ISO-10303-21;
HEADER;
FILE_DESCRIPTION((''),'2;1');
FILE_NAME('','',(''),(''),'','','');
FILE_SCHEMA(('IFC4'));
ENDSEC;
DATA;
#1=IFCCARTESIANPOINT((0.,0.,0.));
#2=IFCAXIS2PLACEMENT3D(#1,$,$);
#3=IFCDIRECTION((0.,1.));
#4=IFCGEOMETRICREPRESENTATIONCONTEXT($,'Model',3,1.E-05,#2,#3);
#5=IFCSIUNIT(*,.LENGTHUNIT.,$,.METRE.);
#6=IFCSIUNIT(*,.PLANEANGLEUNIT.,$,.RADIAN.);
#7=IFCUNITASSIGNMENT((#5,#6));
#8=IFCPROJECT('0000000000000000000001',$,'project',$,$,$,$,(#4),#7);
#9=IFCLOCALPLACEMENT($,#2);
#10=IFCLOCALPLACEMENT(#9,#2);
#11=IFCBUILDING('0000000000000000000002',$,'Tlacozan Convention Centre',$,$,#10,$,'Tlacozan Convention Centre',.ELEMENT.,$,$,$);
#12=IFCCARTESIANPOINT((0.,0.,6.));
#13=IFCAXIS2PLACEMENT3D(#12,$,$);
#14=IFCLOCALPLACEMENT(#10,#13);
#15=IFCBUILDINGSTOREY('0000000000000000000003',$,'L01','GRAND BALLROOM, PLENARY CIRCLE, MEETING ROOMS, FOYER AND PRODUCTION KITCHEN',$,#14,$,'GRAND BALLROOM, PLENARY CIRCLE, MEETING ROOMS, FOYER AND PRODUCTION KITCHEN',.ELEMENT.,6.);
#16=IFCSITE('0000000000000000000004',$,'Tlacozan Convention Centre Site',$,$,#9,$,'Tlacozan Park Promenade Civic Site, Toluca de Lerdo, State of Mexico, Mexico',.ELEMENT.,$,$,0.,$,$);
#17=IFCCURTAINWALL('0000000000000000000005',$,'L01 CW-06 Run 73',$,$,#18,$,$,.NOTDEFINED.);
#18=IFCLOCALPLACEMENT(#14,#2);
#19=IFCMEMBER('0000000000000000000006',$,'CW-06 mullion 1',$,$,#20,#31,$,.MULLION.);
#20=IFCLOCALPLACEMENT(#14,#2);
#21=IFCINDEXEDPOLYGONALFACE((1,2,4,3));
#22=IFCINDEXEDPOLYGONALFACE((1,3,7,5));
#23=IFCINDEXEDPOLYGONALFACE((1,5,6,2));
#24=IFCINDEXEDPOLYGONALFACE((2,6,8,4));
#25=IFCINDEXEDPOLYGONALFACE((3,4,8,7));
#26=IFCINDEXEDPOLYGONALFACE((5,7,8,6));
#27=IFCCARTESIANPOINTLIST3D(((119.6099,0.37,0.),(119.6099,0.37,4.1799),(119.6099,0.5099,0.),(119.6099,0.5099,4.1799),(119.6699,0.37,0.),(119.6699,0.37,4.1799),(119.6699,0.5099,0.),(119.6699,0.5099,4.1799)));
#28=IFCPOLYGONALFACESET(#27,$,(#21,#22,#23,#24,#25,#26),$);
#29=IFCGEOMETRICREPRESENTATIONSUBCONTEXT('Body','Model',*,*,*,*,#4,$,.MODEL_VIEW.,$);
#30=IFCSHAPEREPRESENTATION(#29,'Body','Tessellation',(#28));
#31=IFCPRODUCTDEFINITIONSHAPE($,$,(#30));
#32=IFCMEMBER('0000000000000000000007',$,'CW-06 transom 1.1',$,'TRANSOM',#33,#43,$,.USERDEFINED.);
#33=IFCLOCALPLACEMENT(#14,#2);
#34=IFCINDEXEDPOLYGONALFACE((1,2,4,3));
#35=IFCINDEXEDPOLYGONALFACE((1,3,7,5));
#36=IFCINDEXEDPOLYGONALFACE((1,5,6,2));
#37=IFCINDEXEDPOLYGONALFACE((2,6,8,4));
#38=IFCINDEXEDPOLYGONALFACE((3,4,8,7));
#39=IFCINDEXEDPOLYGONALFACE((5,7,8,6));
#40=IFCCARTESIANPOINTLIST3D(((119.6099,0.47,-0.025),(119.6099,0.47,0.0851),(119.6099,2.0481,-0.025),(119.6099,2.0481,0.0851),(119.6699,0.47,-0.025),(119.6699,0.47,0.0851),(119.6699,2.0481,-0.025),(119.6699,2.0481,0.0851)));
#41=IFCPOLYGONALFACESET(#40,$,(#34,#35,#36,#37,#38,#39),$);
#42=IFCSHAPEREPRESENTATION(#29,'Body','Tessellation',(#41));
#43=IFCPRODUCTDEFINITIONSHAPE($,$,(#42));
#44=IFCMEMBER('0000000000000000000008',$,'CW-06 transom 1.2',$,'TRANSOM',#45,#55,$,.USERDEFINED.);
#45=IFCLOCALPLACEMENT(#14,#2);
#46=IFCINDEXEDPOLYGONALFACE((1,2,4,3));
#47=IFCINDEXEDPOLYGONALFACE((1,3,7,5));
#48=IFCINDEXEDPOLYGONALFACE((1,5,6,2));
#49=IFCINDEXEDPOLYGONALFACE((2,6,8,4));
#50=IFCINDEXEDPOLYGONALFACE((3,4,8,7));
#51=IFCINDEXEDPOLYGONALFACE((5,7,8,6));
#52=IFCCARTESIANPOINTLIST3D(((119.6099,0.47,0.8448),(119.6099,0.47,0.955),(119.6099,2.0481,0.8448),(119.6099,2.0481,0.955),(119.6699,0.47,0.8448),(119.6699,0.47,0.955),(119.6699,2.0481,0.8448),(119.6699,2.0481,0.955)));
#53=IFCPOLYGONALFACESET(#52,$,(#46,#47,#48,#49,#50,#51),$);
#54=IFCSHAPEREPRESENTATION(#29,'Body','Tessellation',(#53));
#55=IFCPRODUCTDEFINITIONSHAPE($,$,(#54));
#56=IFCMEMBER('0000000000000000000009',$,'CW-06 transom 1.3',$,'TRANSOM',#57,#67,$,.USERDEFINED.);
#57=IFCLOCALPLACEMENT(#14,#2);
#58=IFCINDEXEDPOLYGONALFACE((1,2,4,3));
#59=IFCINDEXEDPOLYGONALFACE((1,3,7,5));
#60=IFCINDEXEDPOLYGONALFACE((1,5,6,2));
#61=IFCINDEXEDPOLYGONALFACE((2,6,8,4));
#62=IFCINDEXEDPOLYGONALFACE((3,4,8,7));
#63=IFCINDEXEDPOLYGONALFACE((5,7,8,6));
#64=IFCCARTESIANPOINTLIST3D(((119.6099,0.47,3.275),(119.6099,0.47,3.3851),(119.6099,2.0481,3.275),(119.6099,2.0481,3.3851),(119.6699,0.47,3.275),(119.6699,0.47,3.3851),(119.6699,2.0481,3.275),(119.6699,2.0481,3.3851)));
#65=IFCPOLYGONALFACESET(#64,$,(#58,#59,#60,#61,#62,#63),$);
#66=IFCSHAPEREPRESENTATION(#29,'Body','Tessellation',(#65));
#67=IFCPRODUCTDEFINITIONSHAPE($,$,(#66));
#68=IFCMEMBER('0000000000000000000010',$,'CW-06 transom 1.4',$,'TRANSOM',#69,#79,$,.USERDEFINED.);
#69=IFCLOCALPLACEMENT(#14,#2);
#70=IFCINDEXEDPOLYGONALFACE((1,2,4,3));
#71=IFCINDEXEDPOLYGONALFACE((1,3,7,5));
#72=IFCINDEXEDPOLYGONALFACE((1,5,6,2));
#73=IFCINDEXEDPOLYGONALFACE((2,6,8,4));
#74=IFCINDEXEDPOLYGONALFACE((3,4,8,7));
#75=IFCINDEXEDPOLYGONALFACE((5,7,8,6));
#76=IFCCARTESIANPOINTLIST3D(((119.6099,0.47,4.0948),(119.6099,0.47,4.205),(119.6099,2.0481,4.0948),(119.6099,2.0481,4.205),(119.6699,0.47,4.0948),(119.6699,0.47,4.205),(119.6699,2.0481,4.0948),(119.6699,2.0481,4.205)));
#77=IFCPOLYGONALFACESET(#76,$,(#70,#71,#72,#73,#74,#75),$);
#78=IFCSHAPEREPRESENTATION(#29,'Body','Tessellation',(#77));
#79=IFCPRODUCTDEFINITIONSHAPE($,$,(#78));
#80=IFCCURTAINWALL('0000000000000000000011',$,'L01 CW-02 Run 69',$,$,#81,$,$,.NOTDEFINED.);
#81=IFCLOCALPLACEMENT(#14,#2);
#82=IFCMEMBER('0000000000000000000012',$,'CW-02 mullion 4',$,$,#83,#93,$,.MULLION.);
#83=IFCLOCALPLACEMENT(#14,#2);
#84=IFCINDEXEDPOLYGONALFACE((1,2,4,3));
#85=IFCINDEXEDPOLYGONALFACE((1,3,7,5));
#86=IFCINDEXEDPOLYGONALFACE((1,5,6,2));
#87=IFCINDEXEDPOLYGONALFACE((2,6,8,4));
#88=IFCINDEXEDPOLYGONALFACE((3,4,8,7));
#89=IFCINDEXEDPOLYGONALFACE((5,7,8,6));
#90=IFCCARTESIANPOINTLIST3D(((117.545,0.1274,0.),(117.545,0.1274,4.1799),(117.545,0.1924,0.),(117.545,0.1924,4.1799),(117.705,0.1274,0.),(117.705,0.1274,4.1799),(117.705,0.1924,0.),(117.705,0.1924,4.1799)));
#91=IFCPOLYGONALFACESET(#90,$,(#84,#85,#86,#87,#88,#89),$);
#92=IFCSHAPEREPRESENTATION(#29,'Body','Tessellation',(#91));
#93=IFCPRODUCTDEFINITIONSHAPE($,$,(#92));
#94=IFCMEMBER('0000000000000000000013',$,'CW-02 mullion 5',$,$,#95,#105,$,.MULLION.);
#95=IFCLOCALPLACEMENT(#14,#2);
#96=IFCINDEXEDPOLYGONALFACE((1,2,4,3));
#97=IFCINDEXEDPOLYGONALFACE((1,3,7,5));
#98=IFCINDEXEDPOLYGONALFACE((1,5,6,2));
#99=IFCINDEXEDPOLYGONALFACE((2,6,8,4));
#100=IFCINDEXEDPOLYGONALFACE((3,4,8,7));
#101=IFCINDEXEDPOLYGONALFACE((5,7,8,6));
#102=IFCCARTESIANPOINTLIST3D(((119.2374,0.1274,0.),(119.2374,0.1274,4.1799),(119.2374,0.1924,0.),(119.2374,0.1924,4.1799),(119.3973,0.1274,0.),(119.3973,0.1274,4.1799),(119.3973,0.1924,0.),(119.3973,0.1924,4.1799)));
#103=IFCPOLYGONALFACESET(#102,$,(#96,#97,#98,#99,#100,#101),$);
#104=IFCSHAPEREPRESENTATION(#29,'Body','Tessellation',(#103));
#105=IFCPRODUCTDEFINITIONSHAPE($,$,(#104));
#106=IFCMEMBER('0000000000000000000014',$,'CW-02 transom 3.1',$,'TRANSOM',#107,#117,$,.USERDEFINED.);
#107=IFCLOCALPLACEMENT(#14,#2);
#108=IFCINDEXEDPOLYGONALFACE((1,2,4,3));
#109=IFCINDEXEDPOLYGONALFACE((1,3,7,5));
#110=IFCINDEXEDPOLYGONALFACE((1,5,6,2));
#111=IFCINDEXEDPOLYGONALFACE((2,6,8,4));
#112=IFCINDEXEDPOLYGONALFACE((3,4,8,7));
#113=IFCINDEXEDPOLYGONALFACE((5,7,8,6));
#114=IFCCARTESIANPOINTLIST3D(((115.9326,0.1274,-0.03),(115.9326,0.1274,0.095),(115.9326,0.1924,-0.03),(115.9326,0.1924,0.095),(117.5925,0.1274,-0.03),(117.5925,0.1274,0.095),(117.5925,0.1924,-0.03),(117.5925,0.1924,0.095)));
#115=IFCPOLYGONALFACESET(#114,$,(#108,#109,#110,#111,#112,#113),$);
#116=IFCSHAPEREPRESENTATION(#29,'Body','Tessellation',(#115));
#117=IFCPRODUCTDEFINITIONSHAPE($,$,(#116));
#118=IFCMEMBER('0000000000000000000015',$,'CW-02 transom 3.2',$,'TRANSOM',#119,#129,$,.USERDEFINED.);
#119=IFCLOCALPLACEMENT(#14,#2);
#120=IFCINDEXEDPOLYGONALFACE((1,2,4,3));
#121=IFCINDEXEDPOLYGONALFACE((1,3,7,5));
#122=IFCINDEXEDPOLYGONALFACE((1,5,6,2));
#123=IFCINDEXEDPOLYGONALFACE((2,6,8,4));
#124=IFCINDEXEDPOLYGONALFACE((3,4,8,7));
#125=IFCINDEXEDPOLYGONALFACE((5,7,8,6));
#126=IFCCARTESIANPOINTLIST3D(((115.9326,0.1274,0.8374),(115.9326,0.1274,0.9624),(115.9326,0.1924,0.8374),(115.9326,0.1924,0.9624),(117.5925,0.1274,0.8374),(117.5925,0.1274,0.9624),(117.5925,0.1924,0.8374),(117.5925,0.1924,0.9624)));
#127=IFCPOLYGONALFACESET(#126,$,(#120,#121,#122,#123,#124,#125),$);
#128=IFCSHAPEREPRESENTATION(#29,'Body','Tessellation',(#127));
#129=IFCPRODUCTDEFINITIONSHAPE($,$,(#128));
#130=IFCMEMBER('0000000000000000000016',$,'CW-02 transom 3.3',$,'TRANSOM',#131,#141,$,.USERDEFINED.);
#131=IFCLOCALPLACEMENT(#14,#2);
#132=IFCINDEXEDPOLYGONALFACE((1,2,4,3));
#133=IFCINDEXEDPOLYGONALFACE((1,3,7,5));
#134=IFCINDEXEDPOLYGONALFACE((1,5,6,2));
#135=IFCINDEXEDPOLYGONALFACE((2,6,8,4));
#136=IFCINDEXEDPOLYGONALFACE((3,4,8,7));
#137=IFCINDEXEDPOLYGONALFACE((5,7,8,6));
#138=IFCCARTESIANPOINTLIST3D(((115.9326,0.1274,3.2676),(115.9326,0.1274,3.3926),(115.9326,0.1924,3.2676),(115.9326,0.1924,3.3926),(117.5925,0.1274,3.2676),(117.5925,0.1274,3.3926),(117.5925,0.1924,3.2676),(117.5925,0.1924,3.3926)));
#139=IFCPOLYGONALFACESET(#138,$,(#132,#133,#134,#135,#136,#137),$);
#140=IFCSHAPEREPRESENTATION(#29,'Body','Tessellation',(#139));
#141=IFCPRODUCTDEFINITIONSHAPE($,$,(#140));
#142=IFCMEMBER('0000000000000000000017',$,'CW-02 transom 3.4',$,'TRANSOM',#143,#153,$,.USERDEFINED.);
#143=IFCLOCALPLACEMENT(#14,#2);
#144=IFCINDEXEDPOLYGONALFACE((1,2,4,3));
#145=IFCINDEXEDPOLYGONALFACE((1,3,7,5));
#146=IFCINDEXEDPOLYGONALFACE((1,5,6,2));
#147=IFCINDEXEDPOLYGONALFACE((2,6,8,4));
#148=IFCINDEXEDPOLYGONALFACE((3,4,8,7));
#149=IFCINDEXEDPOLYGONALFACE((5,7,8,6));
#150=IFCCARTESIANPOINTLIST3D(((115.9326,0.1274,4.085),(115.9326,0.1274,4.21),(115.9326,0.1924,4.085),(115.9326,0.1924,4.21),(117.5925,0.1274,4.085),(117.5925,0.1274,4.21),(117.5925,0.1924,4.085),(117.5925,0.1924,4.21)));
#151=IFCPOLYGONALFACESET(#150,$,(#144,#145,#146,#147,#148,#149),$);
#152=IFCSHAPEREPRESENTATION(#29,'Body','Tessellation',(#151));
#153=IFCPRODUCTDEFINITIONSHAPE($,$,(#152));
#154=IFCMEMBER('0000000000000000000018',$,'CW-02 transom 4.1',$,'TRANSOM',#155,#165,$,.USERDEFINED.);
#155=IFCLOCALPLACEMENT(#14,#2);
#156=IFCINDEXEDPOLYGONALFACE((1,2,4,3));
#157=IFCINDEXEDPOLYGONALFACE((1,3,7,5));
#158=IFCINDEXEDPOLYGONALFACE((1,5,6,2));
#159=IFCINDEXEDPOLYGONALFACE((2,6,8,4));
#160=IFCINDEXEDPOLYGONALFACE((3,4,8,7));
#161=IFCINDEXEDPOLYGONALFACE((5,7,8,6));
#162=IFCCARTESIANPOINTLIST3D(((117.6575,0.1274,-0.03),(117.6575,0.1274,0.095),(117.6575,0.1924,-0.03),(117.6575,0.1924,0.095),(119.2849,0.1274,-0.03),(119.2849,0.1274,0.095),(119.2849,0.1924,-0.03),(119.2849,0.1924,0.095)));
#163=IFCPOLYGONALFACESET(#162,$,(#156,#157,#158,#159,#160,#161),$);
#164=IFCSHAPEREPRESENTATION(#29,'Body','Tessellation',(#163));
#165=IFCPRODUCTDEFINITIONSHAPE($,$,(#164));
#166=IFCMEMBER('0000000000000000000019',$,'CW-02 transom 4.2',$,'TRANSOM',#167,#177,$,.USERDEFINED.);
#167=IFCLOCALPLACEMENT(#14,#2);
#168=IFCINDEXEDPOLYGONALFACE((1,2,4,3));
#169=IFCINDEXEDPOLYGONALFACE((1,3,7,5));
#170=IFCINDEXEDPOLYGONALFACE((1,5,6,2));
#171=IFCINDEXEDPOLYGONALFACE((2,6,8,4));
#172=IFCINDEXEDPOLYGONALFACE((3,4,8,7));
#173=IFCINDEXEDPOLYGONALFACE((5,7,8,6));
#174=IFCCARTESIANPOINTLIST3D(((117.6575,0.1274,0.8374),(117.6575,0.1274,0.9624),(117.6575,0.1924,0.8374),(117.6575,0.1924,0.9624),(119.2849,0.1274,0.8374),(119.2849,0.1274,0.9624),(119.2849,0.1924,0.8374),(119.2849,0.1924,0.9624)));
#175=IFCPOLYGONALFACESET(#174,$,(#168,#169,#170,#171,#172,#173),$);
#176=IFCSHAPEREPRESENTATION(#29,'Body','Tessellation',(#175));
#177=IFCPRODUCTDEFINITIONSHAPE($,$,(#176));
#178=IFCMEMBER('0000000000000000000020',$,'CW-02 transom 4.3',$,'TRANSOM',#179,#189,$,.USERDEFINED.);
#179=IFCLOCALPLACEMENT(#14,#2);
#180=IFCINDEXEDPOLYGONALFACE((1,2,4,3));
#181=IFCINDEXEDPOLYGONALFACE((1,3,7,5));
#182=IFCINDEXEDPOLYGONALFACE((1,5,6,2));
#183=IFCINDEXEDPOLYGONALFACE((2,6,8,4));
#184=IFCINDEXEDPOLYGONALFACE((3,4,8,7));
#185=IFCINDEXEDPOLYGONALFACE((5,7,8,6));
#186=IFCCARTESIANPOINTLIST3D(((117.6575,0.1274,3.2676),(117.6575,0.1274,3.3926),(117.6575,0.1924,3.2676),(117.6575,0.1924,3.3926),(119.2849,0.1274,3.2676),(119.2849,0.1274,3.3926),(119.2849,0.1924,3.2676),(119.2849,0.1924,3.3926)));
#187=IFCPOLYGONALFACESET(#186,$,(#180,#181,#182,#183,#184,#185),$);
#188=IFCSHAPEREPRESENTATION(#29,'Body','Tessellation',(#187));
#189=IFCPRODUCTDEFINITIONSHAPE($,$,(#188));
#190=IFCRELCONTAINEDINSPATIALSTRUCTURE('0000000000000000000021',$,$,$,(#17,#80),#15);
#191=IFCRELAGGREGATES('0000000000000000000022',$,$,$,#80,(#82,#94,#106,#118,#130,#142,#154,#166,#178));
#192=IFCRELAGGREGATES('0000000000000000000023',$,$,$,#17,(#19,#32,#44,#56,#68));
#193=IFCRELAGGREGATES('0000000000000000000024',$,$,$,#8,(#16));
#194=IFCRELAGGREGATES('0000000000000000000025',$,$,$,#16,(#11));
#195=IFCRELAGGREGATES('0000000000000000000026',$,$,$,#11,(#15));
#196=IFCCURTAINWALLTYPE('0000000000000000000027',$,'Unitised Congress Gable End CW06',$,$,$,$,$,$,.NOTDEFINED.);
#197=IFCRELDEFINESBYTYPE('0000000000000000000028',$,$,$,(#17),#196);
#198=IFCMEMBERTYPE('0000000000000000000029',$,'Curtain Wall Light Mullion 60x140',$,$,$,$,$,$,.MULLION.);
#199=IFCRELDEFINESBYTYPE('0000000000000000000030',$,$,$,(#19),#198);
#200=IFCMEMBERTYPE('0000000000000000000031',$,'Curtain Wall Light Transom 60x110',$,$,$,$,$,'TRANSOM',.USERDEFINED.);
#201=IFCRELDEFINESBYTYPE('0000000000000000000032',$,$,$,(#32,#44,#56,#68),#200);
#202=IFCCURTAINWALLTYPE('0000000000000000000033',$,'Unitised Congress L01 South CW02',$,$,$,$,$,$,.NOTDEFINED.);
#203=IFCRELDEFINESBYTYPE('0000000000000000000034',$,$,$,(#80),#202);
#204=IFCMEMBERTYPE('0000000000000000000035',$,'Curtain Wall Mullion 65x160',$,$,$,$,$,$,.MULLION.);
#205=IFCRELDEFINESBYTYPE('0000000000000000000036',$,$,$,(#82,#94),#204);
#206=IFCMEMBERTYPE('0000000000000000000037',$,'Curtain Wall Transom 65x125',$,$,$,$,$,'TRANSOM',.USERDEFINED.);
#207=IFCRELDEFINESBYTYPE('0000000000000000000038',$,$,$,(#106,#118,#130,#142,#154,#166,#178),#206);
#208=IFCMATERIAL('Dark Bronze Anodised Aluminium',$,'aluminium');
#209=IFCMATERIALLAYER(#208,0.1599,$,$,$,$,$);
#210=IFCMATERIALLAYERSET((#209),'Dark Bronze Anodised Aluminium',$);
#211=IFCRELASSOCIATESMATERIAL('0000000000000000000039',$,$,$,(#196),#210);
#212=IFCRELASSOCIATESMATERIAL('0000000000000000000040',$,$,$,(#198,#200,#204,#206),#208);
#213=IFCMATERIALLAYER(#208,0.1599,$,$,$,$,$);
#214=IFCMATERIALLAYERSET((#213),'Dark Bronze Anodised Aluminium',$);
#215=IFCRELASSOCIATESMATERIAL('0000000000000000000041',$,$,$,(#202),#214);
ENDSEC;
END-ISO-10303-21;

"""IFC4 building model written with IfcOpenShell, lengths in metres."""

from ifc_helpers import new_model, si_unit, direction, frame, origin, origin_2d, place, context, subcontext, project, spatial, rectangle, extrude, material, layer, layer_set, material_profile, profile_set, type_object, element, aggregate, save


model = new_model("IFC4")

# Units and contexts
model_context = context("Model", 3, precision=1e-05, world=origin(), true_north=direction((0.0, 1.0)))
body_context = subcontext(model_context, "Body", "Model", "MODEL_VIEW")
ifc_project = project(units=[si_unit("LENGTHUNIT", "METRE"), si_unit("PLANEANGLEUNIT", "RADIAN")], contexts=[model_context])

# Site, building, storey
site_placement = place(None, origin())
site = spatial("IfcSite", under=ifc_project, at=site_placement, Name="Tlacozan Convention Centre Site", LongName="Tlacozan Park Promenade Civic Site, Toluca de Lerdo, State of Mexico, Mexico", CompositionType="ELEMENT", RefElevation=0.0)
building_placement = place(site_placement, origin())
building = spatial("IfcBuilding", under=site, at=building_placement, Name="Tlacozan Convention Centre", LongName="Tlacozan Convention Centre", CompositionType="ELEMENT")
storey_placement = place(building_placement, frame((0.0, 0.0, 6.0)))
storey = spatial("IfcBuildingStorey", under=building, at=storey_placement, Name="L01", Description="GRAND BALLROOM, PLENARY CIRCLE, MEETING ROOMS, FOYER AND PRODUCTION KITCHEN", LongName="GRAND BALLROOM, PLENARY CIRCLE, MEETING ROOMS, FOYER AND PRODUCTION KITCHEN", CompositionType="ELEMENT", Elevation=6.0)

# Curtain wall, members
ifc_material_1 = material(Name="Dark Bronze Anodised Aluminium", Category="aluminium")
ifc_layer_1 = layer(ifc_material_1, 0.1599)
ifc_layer_set_1 = layer_set([ifc_layer_1], Name="Dark Bronze Anodised Aluminium")
curtain_wall_type_1 = type_object("IfcCurtainWallType", Name="Unitised Congress Gable End CW06", PredefinedType="NOTDEFINED", material=ifc_layer_set_1)
curtain_wall_1_placement = place(storey_placement, origin())
curtain_wall_1 = element("IfcCurtainWall", 1, at=curtain_wall_1_placement, inside=storey, type_object=curtain_wall_type_1, Name="L01 CW-06 Run 73", PredefinedType="NOTDEFINED")
ifc_material_profile_1 = material_profile(ifc_material_1, rectangle(XDim=0.0601, YDim=0.1399, at=origin_2d()), Name="ALU 60x140")
ifc_profile_set_1 = profile_set([ifc_material_profile_1], Name="Dark Bronze Anodised Aluminium")
member_type_1 = type_object("IfcMemberType", Name="Curtain Wall Light Mullion 60x140", PredefinedType="MULLION", material=ifc_profile_set_1)
member_1_placement = place(storey_placement, frame((119.6399, 0.4399, 0.0), z_axis=(0.0, 0.0, 1.0), x_axis=(-1.0, 0.0, 0.0)))
member_1 = element("IfcMember", 2, at=member_1_placement, type_object=member_type_1, Name="CW-06 mullion 1", PredefinedType="MULLION", context=body_context, shape_type="SweptSolid", body=[
    extrude(rectangle(XDim=0.0601, YDim=0.1399, at=origin_2d()), origin(), (0.0, 0.0, 1.0), 4.1799),
])
ifc_material_profile_2 = material_profile(ifc_material_1, rectangle(XDim=0.0601, YDim=0.1101, at=origin_2d()), Name="ALU 60x110")
ifc_profile_set_2 = profile_set([ifc_material_profile_2], Name="Dark Bronze Anodised Aluminium")
member_type_2 = type_object("IfcMemberType", Name="Curtain Wall Light Transom 60x110", ElementType="TRANSOM", PredefinedType="USERDEFINED", material=ifc_profile_set_2)
member_2_placement = place(storey_placement, frame((119.6399, 0.47, 0.03), z_axis=(0.0, 1.0, 0.0), x_axis=(-1.0, 0.0, 0.0)))
member_2 = element("IfcMember", 3, at=member_2_placement, type_object=member_type_2, Name="CW-06 transom 1.1", ObjectType="TRANSOM", PredefinedType="USERDEFINED", context=body_context, shape_type="SweptSolid", body=[
    extrude(rectangle(XDim=0.0601, YDim=0.1101, at=origin_2d()), origin(), (0.0, 0.0, 1.0), 1.5781),
])
member_3_placement = place(storey_placement, frame((119.6399, 0.47, 0.8999), z_axis=(0.0, 1.0, 0.0), x_axis=(-1.0, 0.0, 0.0)))
member_3 = element("IfcMember", 4, at=member_3_placement, type_object=member_type_2, Name="CW-06 transom 1.2", ObjectType="TRANSOM", PredefinedType="USERDEFINED", context=body_context, shape_type="SweptSolid", body=[
    extrude(rectangle(XDim=0.0601, YDim=0.1101, at=origin_2d()), origin(), (0.0, 0.0, 1.0), 1.5781),
])
member_4_placement = place(storey_placement, frame((119.6399, 0.47, 3.3301), z_axis=(0.0, 1.0, 0.0), x_axis=(-1.0, 0.0, 0.0)))
member_4 = element("IfcMember", 5, at=member_4_placement, type_object=member_type_2, Name="CW-06 transom 1.3", ObjectType="TRANSOM", PredefinedType="USERDEFINED", context=body_context, shape_type="SweptSolid", body=[
    extrude(rectangle(XDim=0.0601, YDim=0.1101, at=origin_2d()), origin(), (0.0, 0.0, 1.0), 1.5781),
])
member_5_placement = place(storey_placement, frame((119.6399, 0.47, 4.1499), z_axis=(0.0, 1.0, 0.0), x_axis=(-1.0, 0.0, 0.0)))
member_5 = element("IfcMember", 6, at=member_5_placement, type_object=member_type_2, Name="CW-06 transom 1.4", ObjectType="TRANSOM", PredefinedType="USERDEFINED", context=body_context, shape_type="SweptSolid", body=[
    extrude(rectangle(XDim=0.0601, YDim=0.1101, at=origin_2d()), origin(), (0.0, 0.0, 1.0), 1.5781),
])

# Curtain wall, members
ifc_layer_2 = layer(ifc_material_1, 0.1599)
ifc_layer_set_2 = layer_set([ifc_layer_2], Name="Dark Bronze Anodised Aluminium")
curtain_wall_type_2 = type_object("IfcCurtainWallType", Name="Unitised Congress L01 South CW02", PredefinedType="NOTDEFINED", material=ifc_layer_set_2)
curtain_wall_2_placement = place(storey_placement, origin())
curtain_wall_2 = element("IfcCurtainWall", 7, at=curtain_wall_2_placement, inside=storey, type_object=curtain_wall_type_2, Name="L01 CW-02 Run 69", PredefinedType="NOTDEFINED")
ifc_material_profile_3 = material_profile(ifc_material_1, rectangle(XDim=0.0649, YDim=0.1599, at=origin_2d()), Name="ALU 65x160")
ifc_profile_set_3 = profile_set([ifc_material_profile_3], Name="Dark Bronze Anodised Aluminium")
member_type_3 = type_object("IfcMemberType", Name="Curtain Wall Mullion 65x160", PredefinedType="MULLION", material=ifc_profile_set_3)
member_6_placement = place(storey_placement, frame((117.625, 0.1599, 0.0), z_axis=(0.0, 0.0, 1.0), x_axis=(0.0, 1.0, 0.0)))
member_6 = element("IfcMember", 8, at=member_6_placement, type_object=member_type_3, Name="CW-02 mullion 4", PredefinedType="MULLION", context=body_context, shape_type="SweptSolid", body=[
    extrude(rectangle(XDim=0.0649, YDim=0.1599, at=origin_2d()), origin(), (0.0, 0.0, 1.0), 4.1799),
])
member_7_placement = place(storey_placement, frame((119.3174, 0.1599, 0.0), z_axis=(0.0, 0.0, 1.0), x_axis=(0.0, 1.0, 0.0)))
member_7 = element("IfcMember", 9, at=member_7_placement, type_object=member_type_3, Name="CW-02 mullion 5", PredefinedType="MULLION", context=body_context, shape_type="SweptSolid", body=[
    extrude(rectangle(XDim=0.0649, YDim=0.1599, at=origin_2d()), origin(), (0.0, 0.0, 1.0), 4.1799),
])
ifc_material_profile_4 = material_profile(ifc_material_1, rectangle(XDim=0.0649, YDim=0.125, at=origin_2d()), Name="ALU 65x125")
ifc_profile_set_4 = profile_set([ifc_material_profile_4], Name="Dark Bronze Anodised Aluminium")
member_type_4 = type_object("IfcMemberType", Name="Curtain Wall Transom 65x125", ElementType="TRANSOM", PredefinedType="USERDEFINED", material=ifc_profile_set_4)
member_8_placement = place(storey_placement, frame((115.9326, 0.1599, 0.0325), z_axis=(1.0, 0.0, 0.0), x_axis=(0.0, 1.0, 0.0)))
member_8 = element("IfcMember", 10, at=member_8_placement, type_object=member_type_4, Name="CW-02 transom 3.1", ObjectType="TRANSOM", PredefinedType="USERDEFINED", context=body_context, shape_type="SweptSolid", body=[
    extrude(rectangle(XDim=0.0649, YDim=0.125, at=origin_2d()), origin(), (0.0, 0.0, 1.0), 1.6599),
])
member_9_placement = place(storey_placement, frame((115.9326, 0.1599, 0.8999), z_axis=(1.0, 0.0, 0.0), x_axis=(0.0, 1.0, 0.0)))
member_9 = element("IfcMember", 11, at=member_9_placement, type_object=member_type_4, Name="CW-02 transom 3.2", ObjectType="TRANSOM", PredefinedType="USERDEFINED", context=body_context, shape_type="SweptSolid", body=[
    extrude(rectangle(XDim=0.0649, YDim=0.125, at=origin_2d()), origin(), (0.0, 0.0, 1.0), 1.6599),
])
member_10_placement = place(storey_placement, frame((115.9326, 0.1599, 3.3301), z_axis=(1.0, 0.0, 0.0), x_axis=(0.0, 1.0, 0.0)))
member_10 = element("IfcMember", 12, at=member_10_placement, type_object=member_type_4, Name="CW-02 transom 3.3", ObjectType="TRANSOM", PredefinedType="USERDEFINED", context=body_context, shape_type="SweptSolid", body=[
    extrude(rectangle(XDim=0.0649, YDim=0.125, at=origin_2d()), origin(), (0.0, 0.0, 1.0), 1.6599),
])
member_11_placement = place(storey_placement, frame((115.9326, 0.1599, 4.1475), z_axis=(1.0, 0.0, 0.0), x_axis=(0.0, 1.0, 0.0)))
member_11 = element("IfcMember", 13, at=member_11_placement, type_object=member_type_4, Name="CW-02 transom 3.4", ObjectType="TRANSOM", PredefinedType="USERDEFINED", context=body_context, shape_type="SweptSolid", body=[
    extrude(rectangle(XDim=0.0649, YDim=0.125, at=origin_2d()), origin(), (0.0, 0.0, 1.0), 1.6599),
])
member_12_placement = place(storey_placement, frame((117.6575, 0.1599, 0.0325), z_axis=(1.0, 0.0, 0.0), x_axis=(0.0, 1.0, 0.0)))
member_12 = element("IfcMember", 14, at=member_12_placement, type_object=member_type_4, Name="CW-02 transom 4.1", ObjectType="TRANSOM", PredefinedType="USERDEFINED", context=body_context, shape_type="SweptSolid", body=[
    extrude(rectangle(XDim=0.0649, YDim=0.125, at=origin_2d()), origin(), (0.0, 0.0, 1.0), 1.6274),
])
member_13_placement = place(storey_placement, frame((117.6575, 0.1599, 0.8999), z_axis=(1.0, 0.0, 0.0), x_axis=(0.0, 1.0, 0.0)))
member_13 = element("IfcMember", 15, at=member_13_placement, type_object=member_type_4, Name="CW-02 transom 4.2", ObjectType="TRANSOM", PredefinedType="USERDEFINED", context=body_context, shape_type="SweptSolid", body=[
    extrude(rectangle(XDim=0.0649, YDim=0.125, at=origin_2d()), origin(), (0.0, 0.0, 1.0), 1.6274),
])
member_14_placement = place(storey_placement, frame((117.6575, 0.1599, 3.3301), z_axis=(1.0, 0.0, 0.0), x_axis=(0.0, 1.0, 0.0)))
member_14 = element("IfcMember", 16, at=member_14_placement, type_object=member_type_4, Name="CW-02 transom 4.3", ObjectType="TRANSOM", PredefinedType="USERDEFINED", context=body_context, shape_type="SweptSolid", body=[
    extrude(rectangle(XDim=0.0649, YDim=0.125, at=origin_2d()), origin(), (0.0, 0.0, 1.0), 1.6274),
])
aggregate(curtain_wall_2, [member_6, member_7, member_8, member_9, member_10, member_11, member_12, member_13, member_14])

aggregate(curtain_wall_1, [member_1, member_2, member_3, member_4, member_5])

save(model, "model.ifc")
